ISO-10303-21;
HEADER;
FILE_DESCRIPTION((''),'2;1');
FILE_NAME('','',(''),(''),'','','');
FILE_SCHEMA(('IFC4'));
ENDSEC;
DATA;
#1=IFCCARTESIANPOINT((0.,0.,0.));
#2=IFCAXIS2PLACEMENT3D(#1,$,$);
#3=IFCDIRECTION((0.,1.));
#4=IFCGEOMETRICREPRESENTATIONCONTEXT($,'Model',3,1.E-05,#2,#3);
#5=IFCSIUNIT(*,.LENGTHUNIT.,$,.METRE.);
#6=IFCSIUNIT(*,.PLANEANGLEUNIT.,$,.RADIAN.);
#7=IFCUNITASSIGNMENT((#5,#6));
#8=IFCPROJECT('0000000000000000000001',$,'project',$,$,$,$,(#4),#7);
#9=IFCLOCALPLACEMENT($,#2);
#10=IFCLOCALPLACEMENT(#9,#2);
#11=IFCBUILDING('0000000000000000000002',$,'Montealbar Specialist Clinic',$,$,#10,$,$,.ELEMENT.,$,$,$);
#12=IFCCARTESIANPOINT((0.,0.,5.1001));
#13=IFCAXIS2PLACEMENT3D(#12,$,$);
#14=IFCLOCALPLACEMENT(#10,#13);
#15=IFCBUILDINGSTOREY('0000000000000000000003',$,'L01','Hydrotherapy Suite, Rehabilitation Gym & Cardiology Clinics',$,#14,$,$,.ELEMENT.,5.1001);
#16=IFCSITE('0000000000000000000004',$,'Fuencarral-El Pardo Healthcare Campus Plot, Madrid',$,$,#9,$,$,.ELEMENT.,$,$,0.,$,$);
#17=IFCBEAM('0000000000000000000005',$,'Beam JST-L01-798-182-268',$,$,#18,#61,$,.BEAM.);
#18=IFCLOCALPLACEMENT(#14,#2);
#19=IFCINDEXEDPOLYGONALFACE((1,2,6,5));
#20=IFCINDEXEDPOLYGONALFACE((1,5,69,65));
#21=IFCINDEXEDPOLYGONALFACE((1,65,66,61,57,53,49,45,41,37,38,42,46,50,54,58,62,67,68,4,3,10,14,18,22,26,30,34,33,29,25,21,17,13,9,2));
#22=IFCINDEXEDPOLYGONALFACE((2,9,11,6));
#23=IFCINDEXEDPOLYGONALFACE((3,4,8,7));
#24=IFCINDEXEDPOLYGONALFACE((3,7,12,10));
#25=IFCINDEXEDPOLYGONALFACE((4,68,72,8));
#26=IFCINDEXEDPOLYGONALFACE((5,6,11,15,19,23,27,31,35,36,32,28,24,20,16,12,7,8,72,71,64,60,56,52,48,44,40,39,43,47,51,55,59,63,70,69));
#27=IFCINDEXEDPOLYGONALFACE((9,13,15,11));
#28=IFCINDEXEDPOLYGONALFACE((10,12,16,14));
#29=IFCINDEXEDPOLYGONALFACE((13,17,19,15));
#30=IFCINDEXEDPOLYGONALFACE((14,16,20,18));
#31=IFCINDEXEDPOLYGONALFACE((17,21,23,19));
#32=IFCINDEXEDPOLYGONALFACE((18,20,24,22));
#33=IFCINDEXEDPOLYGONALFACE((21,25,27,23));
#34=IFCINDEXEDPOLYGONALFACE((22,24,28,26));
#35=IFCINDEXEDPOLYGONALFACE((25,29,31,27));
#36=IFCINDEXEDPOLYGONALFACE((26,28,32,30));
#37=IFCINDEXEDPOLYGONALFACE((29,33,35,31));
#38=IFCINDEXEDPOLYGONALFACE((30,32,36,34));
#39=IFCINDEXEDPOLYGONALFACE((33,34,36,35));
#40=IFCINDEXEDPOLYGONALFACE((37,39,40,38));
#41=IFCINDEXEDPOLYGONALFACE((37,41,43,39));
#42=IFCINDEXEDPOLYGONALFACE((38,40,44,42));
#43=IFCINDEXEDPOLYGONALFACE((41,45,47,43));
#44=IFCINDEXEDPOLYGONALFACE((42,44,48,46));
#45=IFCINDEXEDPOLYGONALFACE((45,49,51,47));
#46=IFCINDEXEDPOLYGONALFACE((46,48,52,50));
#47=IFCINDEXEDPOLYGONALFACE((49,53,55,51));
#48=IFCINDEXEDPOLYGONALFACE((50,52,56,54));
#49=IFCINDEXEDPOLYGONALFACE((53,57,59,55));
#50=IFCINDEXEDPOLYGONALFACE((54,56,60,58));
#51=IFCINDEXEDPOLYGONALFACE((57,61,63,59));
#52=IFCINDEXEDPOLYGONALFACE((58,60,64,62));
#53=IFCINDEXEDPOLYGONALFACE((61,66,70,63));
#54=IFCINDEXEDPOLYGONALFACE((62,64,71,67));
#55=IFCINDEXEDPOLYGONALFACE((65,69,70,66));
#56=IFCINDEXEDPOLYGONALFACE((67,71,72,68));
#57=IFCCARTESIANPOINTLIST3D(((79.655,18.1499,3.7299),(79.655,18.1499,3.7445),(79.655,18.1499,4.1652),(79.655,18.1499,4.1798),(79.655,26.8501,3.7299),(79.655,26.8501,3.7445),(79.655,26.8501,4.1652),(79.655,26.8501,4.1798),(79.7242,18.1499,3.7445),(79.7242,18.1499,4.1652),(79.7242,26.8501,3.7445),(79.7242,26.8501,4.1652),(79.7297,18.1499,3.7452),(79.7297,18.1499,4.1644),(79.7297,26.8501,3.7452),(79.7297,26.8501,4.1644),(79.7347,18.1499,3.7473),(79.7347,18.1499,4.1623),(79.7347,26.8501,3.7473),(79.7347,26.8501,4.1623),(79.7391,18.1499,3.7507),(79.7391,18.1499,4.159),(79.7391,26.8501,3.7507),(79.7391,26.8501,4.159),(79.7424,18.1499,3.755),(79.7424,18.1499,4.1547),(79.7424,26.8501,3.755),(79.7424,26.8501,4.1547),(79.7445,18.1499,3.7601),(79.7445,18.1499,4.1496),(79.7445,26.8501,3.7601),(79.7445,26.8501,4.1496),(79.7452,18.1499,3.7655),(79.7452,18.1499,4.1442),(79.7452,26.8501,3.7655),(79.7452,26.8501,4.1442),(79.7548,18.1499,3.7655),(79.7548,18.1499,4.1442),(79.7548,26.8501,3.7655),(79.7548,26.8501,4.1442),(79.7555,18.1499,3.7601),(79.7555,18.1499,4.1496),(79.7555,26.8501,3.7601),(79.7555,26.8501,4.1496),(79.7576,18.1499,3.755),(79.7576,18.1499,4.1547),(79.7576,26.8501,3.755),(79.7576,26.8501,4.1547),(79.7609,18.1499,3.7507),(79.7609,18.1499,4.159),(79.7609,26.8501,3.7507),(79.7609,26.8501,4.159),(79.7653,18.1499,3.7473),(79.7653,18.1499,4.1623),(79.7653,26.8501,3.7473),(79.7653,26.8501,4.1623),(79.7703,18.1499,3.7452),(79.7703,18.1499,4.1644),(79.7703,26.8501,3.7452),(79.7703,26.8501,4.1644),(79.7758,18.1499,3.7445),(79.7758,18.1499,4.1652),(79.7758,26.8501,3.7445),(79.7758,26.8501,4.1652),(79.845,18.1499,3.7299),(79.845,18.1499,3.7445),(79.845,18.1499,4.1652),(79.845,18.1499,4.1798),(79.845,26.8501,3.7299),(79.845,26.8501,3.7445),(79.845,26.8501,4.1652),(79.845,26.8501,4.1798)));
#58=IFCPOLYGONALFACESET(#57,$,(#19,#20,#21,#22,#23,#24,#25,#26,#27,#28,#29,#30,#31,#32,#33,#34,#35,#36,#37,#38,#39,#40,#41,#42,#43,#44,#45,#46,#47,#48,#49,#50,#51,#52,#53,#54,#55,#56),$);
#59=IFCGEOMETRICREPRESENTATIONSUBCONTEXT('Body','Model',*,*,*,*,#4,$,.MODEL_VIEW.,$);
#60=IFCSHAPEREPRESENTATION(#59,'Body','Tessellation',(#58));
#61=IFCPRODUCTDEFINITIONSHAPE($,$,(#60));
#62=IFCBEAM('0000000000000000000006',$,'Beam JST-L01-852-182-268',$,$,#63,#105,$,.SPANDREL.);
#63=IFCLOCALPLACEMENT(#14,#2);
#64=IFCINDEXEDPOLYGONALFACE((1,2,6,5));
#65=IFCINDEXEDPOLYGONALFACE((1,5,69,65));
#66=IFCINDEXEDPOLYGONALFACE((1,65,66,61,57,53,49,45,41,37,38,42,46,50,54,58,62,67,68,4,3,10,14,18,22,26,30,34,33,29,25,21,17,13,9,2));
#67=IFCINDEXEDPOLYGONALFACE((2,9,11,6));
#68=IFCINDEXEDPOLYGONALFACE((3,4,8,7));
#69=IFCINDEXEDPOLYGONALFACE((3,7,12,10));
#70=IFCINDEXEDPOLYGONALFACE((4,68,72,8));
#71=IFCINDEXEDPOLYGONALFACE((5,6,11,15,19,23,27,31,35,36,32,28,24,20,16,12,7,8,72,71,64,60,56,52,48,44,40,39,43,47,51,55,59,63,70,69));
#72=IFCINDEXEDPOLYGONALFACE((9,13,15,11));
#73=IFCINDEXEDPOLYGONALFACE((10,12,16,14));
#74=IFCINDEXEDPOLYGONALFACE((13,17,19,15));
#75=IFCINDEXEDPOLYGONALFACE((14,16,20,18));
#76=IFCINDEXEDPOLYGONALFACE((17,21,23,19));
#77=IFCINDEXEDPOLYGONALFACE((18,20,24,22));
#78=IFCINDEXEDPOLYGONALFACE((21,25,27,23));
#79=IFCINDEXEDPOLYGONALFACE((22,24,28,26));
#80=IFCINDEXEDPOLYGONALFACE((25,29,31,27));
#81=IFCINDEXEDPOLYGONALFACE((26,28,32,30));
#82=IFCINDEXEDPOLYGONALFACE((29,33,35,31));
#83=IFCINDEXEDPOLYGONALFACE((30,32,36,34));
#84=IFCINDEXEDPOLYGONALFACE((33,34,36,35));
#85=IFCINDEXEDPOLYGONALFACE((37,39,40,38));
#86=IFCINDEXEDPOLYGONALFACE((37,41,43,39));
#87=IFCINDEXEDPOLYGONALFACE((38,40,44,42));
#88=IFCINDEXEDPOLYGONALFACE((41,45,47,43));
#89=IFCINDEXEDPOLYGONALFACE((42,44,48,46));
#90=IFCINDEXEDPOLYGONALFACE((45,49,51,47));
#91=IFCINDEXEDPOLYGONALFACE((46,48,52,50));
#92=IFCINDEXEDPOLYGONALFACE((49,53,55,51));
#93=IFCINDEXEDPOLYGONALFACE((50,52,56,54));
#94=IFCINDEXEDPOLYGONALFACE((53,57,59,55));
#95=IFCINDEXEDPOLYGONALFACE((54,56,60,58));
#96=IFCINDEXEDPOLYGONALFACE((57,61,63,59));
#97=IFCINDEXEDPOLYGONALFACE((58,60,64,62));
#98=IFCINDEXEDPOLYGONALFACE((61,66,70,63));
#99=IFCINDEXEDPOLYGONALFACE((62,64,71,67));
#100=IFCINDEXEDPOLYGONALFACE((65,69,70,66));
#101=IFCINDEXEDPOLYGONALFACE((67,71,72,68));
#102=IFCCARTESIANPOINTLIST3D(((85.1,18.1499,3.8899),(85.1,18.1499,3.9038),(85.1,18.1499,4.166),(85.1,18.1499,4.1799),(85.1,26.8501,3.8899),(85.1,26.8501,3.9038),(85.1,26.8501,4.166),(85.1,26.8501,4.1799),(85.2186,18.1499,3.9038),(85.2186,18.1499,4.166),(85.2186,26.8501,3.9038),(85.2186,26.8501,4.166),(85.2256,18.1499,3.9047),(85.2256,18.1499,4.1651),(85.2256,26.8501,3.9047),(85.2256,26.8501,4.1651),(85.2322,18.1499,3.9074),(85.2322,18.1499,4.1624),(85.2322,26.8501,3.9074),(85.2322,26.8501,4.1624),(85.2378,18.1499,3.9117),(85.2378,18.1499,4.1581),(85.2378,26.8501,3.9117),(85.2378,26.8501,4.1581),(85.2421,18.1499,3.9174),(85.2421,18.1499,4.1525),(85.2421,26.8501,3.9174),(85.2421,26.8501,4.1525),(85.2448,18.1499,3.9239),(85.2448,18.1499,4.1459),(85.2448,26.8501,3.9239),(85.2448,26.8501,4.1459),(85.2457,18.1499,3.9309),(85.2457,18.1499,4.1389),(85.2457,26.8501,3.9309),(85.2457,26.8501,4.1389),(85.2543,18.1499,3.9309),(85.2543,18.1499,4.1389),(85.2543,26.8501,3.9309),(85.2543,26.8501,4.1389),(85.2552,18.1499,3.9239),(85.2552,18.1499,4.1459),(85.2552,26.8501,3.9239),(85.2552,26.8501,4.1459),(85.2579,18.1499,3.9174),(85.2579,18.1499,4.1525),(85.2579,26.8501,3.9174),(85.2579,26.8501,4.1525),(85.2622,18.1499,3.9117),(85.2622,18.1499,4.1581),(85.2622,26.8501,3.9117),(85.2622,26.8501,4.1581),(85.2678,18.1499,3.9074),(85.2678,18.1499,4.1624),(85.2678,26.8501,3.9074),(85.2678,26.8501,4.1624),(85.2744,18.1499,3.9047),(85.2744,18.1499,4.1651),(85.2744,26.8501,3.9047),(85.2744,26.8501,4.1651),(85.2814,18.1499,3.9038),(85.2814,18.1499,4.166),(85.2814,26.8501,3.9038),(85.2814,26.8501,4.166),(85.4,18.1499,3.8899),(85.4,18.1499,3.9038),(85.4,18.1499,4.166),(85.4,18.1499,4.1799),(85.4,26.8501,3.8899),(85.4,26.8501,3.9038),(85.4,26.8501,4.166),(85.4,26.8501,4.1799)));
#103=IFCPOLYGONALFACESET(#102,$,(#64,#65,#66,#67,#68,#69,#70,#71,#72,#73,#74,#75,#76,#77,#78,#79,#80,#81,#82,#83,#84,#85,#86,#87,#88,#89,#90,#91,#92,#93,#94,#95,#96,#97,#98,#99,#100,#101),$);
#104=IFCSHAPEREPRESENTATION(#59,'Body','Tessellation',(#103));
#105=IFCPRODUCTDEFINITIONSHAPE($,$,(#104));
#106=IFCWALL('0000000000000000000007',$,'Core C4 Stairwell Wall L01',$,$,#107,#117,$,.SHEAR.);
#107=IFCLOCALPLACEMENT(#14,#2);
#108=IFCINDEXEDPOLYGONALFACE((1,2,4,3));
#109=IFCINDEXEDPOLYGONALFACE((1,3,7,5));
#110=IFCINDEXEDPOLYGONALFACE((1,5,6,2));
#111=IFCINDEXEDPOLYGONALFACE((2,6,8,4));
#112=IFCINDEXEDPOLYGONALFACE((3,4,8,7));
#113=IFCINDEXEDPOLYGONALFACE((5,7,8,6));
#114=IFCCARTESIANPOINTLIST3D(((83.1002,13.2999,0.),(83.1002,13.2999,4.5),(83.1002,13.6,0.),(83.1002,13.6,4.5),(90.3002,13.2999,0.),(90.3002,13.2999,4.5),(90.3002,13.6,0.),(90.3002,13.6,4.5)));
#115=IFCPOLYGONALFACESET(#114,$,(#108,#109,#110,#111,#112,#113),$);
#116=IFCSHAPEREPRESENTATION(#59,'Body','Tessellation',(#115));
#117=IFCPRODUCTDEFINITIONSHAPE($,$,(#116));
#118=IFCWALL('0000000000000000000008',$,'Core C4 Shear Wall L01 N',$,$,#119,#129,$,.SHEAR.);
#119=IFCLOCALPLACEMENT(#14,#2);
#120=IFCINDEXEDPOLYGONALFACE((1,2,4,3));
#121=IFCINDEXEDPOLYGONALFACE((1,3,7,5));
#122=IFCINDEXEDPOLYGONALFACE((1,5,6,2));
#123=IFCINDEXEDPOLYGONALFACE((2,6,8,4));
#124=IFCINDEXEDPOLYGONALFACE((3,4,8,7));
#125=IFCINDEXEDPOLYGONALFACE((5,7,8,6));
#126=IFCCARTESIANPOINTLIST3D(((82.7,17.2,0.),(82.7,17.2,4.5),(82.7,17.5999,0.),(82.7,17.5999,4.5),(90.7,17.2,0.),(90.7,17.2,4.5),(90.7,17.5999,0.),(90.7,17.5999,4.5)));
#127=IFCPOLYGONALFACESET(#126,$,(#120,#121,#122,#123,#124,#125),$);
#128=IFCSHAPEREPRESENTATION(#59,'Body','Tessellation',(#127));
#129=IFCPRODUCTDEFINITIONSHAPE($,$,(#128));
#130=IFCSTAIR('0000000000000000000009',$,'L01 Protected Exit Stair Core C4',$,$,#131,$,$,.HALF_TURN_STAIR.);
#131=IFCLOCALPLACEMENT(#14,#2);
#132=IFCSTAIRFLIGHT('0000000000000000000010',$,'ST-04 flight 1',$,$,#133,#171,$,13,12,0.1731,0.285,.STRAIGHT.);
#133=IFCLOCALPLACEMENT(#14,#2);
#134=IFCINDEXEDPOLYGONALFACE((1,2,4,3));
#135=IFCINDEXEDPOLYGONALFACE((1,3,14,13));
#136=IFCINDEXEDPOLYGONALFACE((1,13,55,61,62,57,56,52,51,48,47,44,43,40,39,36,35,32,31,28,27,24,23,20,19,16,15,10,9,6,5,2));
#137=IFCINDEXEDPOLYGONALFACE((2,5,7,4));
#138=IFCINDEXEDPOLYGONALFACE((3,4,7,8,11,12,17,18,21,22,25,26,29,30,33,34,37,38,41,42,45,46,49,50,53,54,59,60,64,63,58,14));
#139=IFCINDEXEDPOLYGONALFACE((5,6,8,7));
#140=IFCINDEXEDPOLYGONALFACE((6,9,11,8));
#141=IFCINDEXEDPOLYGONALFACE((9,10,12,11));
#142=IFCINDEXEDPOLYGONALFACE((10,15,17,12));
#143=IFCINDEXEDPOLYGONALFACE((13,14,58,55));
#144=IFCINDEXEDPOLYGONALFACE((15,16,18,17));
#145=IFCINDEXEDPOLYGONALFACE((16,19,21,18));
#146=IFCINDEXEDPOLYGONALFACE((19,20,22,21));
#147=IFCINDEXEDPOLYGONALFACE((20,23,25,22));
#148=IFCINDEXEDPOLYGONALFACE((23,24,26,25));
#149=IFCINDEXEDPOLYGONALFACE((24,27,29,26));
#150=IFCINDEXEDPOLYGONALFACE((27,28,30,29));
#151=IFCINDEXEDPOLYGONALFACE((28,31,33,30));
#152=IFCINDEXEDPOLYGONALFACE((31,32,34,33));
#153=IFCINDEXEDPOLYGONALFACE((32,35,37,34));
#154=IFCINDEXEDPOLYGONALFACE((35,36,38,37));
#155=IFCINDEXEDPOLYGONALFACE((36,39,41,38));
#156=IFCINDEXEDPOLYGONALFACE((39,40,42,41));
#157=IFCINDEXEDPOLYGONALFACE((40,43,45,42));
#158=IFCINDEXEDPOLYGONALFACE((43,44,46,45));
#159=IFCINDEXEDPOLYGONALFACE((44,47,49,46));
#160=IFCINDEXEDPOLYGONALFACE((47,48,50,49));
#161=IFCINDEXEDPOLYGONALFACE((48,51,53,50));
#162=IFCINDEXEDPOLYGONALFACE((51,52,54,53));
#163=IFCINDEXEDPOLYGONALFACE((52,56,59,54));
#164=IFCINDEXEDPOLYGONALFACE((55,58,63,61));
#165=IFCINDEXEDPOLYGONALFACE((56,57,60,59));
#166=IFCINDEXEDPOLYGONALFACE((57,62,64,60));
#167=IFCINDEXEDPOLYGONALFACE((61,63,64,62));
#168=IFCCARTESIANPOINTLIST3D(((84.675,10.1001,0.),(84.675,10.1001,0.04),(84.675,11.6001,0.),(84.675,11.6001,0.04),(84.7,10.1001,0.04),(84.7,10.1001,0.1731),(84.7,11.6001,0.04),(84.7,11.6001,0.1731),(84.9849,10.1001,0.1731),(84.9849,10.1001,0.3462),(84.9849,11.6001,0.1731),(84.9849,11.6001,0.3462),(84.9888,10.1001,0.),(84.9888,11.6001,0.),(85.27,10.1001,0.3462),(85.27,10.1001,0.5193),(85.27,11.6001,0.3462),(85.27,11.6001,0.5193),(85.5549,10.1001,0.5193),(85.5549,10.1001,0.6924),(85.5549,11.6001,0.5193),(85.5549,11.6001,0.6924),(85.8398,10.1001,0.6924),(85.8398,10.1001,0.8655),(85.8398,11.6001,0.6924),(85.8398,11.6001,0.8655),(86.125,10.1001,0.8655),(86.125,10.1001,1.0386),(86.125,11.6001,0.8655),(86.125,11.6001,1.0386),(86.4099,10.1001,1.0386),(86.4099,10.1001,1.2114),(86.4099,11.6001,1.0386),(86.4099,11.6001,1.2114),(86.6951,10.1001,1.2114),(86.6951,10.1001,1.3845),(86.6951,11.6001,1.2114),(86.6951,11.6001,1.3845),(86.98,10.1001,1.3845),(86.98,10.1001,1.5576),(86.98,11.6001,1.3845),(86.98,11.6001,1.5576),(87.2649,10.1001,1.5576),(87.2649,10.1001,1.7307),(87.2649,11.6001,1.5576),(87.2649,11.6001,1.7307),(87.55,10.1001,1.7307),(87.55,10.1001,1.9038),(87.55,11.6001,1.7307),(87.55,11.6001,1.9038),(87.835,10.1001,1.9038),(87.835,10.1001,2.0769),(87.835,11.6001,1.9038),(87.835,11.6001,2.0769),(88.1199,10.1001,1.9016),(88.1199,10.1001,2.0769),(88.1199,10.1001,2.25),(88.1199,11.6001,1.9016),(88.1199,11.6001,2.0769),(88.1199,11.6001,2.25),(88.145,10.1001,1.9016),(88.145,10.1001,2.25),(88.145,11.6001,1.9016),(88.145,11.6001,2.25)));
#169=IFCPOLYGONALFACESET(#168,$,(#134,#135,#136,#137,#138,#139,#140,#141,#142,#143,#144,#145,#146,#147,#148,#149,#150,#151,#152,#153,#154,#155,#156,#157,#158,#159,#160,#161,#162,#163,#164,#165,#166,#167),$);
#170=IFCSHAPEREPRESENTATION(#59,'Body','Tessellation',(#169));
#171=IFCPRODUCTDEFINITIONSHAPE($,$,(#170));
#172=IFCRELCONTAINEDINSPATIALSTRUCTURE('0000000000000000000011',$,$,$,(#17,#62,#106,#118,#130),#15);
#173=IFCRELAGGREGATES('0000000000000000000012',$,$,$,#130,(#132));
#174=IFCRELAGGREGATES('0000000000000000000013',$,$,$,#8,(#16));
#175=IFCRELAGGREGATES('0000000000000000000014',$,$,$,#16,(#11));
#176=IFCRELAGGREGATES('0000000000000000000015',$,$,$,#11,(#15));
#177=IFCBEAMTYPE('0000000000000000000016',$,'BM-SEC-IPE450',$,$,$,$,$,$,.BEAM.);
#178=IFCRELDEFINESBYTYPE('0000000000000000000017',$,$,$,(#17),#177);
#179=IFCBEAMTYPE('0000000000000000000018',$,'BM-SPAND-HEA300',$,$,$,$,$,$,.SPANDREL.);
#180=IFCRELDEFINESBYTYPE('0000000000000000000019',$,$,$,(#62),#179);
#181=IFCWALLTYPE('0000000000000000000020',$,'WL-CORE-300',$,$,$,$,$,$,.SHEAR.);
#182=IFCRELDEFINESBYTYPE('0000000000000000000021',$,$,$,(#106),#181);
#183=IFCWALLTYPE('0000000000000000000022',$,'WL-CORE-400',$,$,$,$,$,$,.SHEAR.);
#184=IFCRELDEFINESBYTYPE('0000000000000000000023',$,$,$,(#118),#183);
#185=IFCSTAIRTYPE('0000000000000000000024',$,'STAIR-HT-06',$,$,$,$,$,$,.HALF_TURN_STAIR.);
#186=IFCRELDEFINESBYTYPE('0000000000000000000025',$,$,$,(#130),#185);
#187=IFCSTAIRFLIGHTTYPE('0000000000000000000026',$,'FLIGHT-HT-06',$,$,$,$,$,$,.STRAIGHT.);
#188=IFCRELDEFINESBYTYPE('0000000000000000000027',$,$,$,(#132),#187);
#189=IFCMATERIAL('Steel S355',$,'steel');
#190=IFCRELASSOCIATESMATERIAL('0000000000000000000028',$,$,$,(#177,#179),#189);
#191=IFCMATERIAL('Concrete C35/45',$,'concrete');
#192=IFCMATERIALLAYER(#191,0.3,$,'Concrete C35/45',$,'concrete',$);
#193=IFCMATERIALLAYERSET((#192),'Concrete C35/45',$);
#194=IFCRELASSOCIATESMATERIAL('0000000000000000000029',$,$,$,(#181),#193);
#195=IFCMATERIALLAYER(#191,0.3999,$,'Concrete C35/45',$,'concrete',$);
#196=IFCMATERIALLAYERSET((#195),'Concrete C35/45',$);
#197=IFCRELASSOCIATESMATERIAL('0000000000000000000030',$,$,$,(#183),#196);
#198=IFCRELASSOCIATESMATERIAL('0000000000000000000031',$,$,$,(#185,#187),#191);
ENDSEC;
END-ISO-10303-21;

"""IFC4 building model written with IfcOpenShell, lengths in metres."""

from ifc_helpers import new_model, si_unit, direction, frame, frame_2d, origin, origin_2d, place, context, subcontext, project, spatial, polyline, rectangle, i_section, outline, extrude, material, layer, layer_set, material_profile, profile_set, type_object, element, aggregate, save


model = new_model("IFC4")

# Units and contexts
model_context = context("Model", 3, precision=1e-05, world=origin(), true_north=direction((0.0, 1.0)))
body_context = subcontext(model_context, "Body", "Model", "MODEL_VIEW")
ifc_project = project(units=[si_unit("LENGTHUNIT", "METRE"), si_unit("PLANEANGLEUNIT", "RADIAN")], contexts=[model_context])

# Site, building, storey
site_placement = place(None, origin())
site = spatial("IfcSite", under=ifc_project, at=site_placement, Name="Fuencarral-El Pardo Healthcare Campus Plot, Madrid", CompositionType="ELEMENT", RefElevation=0.0)
building_placement = place(site_placement, origin())
building = spatial("IfcBuilding", under=site, at=building_placement, Name="Montealbar Specialist Clinic", CompositionType="ELEMENT")
storey_placement = place(building_placement, frame((0.0, 0.0, 5.1001)))
storey = spatial("IfcBuildingStorey", under=building, at=storey_placement, Name="L01", Description="Hydrotherapy Suite, Rehabilitation Gym & Cardiology Clinics", CompositionType="ELEMENT", Elevation=5.1001)

# Shared definitions
ifc_material_1 = material(Name="Steel S355", Category="steel")

# Beams
ifc_material_profile_1 = material_profile(ifc_material_1, i_section(OverallWidth=0.1899, OverallDepth=0.45, WebThickness=0.0095, FlangeThickness=0.0146, FilletRadius=0.021, at=origin_2d()), Name="IPE 450", Category="steel")
ifc_profile_set_1 = profile_set([ifc_material_profile_1], Name="Steel S355")
beam_type_1 = type_object("IfcBeamType", Name="BM-SEC-IPE450", PredefinedType="BEAM", material=ifc_profile_set_1)
beam_1_placement = place(storey_placement, frame((79.75, 18.1499, 3.9548), z_axis=(0.0, 1.0, 0.0), x_axis=(-1.0, 0.0, 0.0)))
element("IfcBeam", 1, at=beam_1_placement, inside=storey, type_object=beam_type_1, Name="Beam JST-L01-798-182-268", PredefinedType="BEAM", context=body_context, shape_type="SweptSolid", body=[
    extrude(i_section(OverallWidth=0.1899, OverallDepth=0.45, WebThickness=0.0095, FlangeThickness=0.0146, FilletRadius=0.021, at=origin_2d()), origin(), (0.0, 0.0, 1.0), 8.7002),
])
ifc_material_profile_2 = material_profile(ifc_material_1, i_section(OverallWidth=0.3, OverallDepth=0.29, WebThickness=0.0085, FlangeThickness=0.0139, FilletRadius=0.0271, at=origin_2d()), Name="HEA 300", Category="steel")
ifc_profile_set_2 = profile_set([ifc_material_profile_2], Name="Steel S355")
beam_type_2 = type_object("IfcBeamType", Name="BM-SPAND-HEA300", PredefinedType="SPANDREL", material=ifc_profile_set_2)
beam_2_placement = place(storey_placement, frame((85.25, 18.1499, 4.0349), z_axis=(0.0, 1.0, 0.0), x_axis=(-1.0, 0.0, 0.0)))
element("IfcBeam", 2, at=beam_2_placement, inside=storey, type_object=beam_type_2, Name="Beam JST-L01-852-182-268", PredefinedType="SPANDREL", context=body_context, shape_type="SweptSolid", body=[
    extrude(i_section(OverallWidth=0.3, OverallDepth=0.29, WebThickness=0.0085, FlangeThickness=0.0139, FilletRadius=0.0271, at=origin_2d()), origin(), (0.0, 0.0, 1.0), 8.7002),
])

# Walls
ifc_material_2 = material(Name="Concrete C35/45", Category="concrete")
ifc_layer_1 = layer(ifc_material_2, 0.3, Name="Concrete C35/45", Category="concrete")
ifc_layer_set_1 = layer_set([ifc_layer_1], Name="Concrete C35/45")
wall_type_1 = type_object("IfcWallType", Name="WL-CORE-300", PredefinedType="SHEAR", material=ifc_layer_set_1)
wall_1_placement = place(storey_placement, frame((83.1001, 13.45, 0.0), z_axis=(0.0, 0.0, 1.0), x_axis=(1.0, 0.0, 0.0)))
element("IfcWall", 3, at=wall_1_placement, inside=storey, type_object=wall_type_1, Name="Core C4 Stairwell Wall L01", PredefinedType="SHEAR", context=body_context, shape_type="SweptSolid", body=[
    extrude(rectangle(XDim=7.2, YDim=0.3, at=frame_2d((3.6001, 0.0))), origin(), (0.0, 0.0, 1.0), 4.5),
])
ifc_layer_2 = layer(ifc_material_2, 0.3999, Name="Concrete C35/45", Category="concrete")
ifc_layer_set_2 = layer_set([ifc_layer_2], Name="Concrete C35/45")
wall_type_2 = type_object("IfcWallType", Name="WL-CORE-400", PredefinedType="SHEAR", material=ifc_layer_set_2)
wall_2_placement = place(storey_placement, frame((82.7, 17.3999, 0.0), z_axis=(0.0, 0.0, 1.0), x_axis=(1.0, 0.0, 0.0)))
element("IfcWall", 4, at=wall_2_placement, inside=storey, type_object=wall_type_2, Name="Core C4 Shear Wall L01 N", PredefinedType="SHEAR", context=body_context, shape_type="SweptSolid", body=[
    extrude(rectangle(XDim=8.0, YDim=0.3999, at=frame_2d((4.0, 0.0))), origin(), (0.0, 0.0, 1.0), 4.5),
])

# Stair, stair flight
stair_type = type_object("IfcStairType", Name="STAIR-HT-06", PredefinedType="HALF_TURN_STAIR", material=ifc_material_2)
stair_placement = place(storey_placement, origin())
stair = element("IfcStair", 5, at=stair_placement, inside=storey, type_object=stair_type, Name="L01 Protected Exit Stair Core C4", PredefinedType="HALF_TURN_STAIR")
stair_flight_type = type_object("IfcStairFlightType", Name="FLIGHT-HT-06", PredefinedType="STRAIGHT", material=ifc_material_2)
stair_flight_placement = place(storey_placement, frame((84.7, 10.8501, 0.0), z_axis=(0.0, 0.0, 1.0), x_axis=(1.0, 0.0, 0.0)))
stair_flight = element("IfcStairFlight", 6, at=stair_flight_placement, type_object=stair_flight_type, Name="ST-04 flight 1", NumberOfRisers=13, NumberOfTreads=12, PredefinedType="STRAIGHT", RiserHeight=0.1731, TreadLength=0.285, context=body_context, shape_type="SweptSolid", body=[
    extrude(outline(polyline([(-0.0249, 0.0), (-0.0249, 0.04), (0.0, 0.04), (0.0, 0.1731), (0.2849, 0.1731), (0.2849, 0.3462), (0.5701, 0.3462), (0.5701, 0.5193), (0.855, 0.5193), (0.855, 0.6924), (1.1399, 0.6924), (1.1399, 0.8655), (1.425, 0.8655), (1.425, 1.0386), (1.71, 1.0386), (1.71, 1.2114), (1.9951, 1.2114), (1.9951, 1.3845), (2.28, 1.3845), (2.28, 1.5576), (2.5649, 1.5576), (2.5649, 1.7307), (2.8501, 1.7307), (2.8501, 1.9038), (3.135, 1.9038), (3.135, 2.0769), (3.4199, 2.0769), (3.4199, 2.25), (3.4451, 2.25), (3.4451, 1.9016), (3.4199, 1.9016), (0.2888, 0.0), (-0.0249, 0.0)])), frame((0.0, 0.75, 0.0), z_axis=(0.0, -1.0, 0.0), x_axis=(1.0, 0.0, 0.0)), (0.0, 0.0, 1.0), 1.5),
])
aggregate(stair, [stair_flight])

save(model, "model.ifc")
